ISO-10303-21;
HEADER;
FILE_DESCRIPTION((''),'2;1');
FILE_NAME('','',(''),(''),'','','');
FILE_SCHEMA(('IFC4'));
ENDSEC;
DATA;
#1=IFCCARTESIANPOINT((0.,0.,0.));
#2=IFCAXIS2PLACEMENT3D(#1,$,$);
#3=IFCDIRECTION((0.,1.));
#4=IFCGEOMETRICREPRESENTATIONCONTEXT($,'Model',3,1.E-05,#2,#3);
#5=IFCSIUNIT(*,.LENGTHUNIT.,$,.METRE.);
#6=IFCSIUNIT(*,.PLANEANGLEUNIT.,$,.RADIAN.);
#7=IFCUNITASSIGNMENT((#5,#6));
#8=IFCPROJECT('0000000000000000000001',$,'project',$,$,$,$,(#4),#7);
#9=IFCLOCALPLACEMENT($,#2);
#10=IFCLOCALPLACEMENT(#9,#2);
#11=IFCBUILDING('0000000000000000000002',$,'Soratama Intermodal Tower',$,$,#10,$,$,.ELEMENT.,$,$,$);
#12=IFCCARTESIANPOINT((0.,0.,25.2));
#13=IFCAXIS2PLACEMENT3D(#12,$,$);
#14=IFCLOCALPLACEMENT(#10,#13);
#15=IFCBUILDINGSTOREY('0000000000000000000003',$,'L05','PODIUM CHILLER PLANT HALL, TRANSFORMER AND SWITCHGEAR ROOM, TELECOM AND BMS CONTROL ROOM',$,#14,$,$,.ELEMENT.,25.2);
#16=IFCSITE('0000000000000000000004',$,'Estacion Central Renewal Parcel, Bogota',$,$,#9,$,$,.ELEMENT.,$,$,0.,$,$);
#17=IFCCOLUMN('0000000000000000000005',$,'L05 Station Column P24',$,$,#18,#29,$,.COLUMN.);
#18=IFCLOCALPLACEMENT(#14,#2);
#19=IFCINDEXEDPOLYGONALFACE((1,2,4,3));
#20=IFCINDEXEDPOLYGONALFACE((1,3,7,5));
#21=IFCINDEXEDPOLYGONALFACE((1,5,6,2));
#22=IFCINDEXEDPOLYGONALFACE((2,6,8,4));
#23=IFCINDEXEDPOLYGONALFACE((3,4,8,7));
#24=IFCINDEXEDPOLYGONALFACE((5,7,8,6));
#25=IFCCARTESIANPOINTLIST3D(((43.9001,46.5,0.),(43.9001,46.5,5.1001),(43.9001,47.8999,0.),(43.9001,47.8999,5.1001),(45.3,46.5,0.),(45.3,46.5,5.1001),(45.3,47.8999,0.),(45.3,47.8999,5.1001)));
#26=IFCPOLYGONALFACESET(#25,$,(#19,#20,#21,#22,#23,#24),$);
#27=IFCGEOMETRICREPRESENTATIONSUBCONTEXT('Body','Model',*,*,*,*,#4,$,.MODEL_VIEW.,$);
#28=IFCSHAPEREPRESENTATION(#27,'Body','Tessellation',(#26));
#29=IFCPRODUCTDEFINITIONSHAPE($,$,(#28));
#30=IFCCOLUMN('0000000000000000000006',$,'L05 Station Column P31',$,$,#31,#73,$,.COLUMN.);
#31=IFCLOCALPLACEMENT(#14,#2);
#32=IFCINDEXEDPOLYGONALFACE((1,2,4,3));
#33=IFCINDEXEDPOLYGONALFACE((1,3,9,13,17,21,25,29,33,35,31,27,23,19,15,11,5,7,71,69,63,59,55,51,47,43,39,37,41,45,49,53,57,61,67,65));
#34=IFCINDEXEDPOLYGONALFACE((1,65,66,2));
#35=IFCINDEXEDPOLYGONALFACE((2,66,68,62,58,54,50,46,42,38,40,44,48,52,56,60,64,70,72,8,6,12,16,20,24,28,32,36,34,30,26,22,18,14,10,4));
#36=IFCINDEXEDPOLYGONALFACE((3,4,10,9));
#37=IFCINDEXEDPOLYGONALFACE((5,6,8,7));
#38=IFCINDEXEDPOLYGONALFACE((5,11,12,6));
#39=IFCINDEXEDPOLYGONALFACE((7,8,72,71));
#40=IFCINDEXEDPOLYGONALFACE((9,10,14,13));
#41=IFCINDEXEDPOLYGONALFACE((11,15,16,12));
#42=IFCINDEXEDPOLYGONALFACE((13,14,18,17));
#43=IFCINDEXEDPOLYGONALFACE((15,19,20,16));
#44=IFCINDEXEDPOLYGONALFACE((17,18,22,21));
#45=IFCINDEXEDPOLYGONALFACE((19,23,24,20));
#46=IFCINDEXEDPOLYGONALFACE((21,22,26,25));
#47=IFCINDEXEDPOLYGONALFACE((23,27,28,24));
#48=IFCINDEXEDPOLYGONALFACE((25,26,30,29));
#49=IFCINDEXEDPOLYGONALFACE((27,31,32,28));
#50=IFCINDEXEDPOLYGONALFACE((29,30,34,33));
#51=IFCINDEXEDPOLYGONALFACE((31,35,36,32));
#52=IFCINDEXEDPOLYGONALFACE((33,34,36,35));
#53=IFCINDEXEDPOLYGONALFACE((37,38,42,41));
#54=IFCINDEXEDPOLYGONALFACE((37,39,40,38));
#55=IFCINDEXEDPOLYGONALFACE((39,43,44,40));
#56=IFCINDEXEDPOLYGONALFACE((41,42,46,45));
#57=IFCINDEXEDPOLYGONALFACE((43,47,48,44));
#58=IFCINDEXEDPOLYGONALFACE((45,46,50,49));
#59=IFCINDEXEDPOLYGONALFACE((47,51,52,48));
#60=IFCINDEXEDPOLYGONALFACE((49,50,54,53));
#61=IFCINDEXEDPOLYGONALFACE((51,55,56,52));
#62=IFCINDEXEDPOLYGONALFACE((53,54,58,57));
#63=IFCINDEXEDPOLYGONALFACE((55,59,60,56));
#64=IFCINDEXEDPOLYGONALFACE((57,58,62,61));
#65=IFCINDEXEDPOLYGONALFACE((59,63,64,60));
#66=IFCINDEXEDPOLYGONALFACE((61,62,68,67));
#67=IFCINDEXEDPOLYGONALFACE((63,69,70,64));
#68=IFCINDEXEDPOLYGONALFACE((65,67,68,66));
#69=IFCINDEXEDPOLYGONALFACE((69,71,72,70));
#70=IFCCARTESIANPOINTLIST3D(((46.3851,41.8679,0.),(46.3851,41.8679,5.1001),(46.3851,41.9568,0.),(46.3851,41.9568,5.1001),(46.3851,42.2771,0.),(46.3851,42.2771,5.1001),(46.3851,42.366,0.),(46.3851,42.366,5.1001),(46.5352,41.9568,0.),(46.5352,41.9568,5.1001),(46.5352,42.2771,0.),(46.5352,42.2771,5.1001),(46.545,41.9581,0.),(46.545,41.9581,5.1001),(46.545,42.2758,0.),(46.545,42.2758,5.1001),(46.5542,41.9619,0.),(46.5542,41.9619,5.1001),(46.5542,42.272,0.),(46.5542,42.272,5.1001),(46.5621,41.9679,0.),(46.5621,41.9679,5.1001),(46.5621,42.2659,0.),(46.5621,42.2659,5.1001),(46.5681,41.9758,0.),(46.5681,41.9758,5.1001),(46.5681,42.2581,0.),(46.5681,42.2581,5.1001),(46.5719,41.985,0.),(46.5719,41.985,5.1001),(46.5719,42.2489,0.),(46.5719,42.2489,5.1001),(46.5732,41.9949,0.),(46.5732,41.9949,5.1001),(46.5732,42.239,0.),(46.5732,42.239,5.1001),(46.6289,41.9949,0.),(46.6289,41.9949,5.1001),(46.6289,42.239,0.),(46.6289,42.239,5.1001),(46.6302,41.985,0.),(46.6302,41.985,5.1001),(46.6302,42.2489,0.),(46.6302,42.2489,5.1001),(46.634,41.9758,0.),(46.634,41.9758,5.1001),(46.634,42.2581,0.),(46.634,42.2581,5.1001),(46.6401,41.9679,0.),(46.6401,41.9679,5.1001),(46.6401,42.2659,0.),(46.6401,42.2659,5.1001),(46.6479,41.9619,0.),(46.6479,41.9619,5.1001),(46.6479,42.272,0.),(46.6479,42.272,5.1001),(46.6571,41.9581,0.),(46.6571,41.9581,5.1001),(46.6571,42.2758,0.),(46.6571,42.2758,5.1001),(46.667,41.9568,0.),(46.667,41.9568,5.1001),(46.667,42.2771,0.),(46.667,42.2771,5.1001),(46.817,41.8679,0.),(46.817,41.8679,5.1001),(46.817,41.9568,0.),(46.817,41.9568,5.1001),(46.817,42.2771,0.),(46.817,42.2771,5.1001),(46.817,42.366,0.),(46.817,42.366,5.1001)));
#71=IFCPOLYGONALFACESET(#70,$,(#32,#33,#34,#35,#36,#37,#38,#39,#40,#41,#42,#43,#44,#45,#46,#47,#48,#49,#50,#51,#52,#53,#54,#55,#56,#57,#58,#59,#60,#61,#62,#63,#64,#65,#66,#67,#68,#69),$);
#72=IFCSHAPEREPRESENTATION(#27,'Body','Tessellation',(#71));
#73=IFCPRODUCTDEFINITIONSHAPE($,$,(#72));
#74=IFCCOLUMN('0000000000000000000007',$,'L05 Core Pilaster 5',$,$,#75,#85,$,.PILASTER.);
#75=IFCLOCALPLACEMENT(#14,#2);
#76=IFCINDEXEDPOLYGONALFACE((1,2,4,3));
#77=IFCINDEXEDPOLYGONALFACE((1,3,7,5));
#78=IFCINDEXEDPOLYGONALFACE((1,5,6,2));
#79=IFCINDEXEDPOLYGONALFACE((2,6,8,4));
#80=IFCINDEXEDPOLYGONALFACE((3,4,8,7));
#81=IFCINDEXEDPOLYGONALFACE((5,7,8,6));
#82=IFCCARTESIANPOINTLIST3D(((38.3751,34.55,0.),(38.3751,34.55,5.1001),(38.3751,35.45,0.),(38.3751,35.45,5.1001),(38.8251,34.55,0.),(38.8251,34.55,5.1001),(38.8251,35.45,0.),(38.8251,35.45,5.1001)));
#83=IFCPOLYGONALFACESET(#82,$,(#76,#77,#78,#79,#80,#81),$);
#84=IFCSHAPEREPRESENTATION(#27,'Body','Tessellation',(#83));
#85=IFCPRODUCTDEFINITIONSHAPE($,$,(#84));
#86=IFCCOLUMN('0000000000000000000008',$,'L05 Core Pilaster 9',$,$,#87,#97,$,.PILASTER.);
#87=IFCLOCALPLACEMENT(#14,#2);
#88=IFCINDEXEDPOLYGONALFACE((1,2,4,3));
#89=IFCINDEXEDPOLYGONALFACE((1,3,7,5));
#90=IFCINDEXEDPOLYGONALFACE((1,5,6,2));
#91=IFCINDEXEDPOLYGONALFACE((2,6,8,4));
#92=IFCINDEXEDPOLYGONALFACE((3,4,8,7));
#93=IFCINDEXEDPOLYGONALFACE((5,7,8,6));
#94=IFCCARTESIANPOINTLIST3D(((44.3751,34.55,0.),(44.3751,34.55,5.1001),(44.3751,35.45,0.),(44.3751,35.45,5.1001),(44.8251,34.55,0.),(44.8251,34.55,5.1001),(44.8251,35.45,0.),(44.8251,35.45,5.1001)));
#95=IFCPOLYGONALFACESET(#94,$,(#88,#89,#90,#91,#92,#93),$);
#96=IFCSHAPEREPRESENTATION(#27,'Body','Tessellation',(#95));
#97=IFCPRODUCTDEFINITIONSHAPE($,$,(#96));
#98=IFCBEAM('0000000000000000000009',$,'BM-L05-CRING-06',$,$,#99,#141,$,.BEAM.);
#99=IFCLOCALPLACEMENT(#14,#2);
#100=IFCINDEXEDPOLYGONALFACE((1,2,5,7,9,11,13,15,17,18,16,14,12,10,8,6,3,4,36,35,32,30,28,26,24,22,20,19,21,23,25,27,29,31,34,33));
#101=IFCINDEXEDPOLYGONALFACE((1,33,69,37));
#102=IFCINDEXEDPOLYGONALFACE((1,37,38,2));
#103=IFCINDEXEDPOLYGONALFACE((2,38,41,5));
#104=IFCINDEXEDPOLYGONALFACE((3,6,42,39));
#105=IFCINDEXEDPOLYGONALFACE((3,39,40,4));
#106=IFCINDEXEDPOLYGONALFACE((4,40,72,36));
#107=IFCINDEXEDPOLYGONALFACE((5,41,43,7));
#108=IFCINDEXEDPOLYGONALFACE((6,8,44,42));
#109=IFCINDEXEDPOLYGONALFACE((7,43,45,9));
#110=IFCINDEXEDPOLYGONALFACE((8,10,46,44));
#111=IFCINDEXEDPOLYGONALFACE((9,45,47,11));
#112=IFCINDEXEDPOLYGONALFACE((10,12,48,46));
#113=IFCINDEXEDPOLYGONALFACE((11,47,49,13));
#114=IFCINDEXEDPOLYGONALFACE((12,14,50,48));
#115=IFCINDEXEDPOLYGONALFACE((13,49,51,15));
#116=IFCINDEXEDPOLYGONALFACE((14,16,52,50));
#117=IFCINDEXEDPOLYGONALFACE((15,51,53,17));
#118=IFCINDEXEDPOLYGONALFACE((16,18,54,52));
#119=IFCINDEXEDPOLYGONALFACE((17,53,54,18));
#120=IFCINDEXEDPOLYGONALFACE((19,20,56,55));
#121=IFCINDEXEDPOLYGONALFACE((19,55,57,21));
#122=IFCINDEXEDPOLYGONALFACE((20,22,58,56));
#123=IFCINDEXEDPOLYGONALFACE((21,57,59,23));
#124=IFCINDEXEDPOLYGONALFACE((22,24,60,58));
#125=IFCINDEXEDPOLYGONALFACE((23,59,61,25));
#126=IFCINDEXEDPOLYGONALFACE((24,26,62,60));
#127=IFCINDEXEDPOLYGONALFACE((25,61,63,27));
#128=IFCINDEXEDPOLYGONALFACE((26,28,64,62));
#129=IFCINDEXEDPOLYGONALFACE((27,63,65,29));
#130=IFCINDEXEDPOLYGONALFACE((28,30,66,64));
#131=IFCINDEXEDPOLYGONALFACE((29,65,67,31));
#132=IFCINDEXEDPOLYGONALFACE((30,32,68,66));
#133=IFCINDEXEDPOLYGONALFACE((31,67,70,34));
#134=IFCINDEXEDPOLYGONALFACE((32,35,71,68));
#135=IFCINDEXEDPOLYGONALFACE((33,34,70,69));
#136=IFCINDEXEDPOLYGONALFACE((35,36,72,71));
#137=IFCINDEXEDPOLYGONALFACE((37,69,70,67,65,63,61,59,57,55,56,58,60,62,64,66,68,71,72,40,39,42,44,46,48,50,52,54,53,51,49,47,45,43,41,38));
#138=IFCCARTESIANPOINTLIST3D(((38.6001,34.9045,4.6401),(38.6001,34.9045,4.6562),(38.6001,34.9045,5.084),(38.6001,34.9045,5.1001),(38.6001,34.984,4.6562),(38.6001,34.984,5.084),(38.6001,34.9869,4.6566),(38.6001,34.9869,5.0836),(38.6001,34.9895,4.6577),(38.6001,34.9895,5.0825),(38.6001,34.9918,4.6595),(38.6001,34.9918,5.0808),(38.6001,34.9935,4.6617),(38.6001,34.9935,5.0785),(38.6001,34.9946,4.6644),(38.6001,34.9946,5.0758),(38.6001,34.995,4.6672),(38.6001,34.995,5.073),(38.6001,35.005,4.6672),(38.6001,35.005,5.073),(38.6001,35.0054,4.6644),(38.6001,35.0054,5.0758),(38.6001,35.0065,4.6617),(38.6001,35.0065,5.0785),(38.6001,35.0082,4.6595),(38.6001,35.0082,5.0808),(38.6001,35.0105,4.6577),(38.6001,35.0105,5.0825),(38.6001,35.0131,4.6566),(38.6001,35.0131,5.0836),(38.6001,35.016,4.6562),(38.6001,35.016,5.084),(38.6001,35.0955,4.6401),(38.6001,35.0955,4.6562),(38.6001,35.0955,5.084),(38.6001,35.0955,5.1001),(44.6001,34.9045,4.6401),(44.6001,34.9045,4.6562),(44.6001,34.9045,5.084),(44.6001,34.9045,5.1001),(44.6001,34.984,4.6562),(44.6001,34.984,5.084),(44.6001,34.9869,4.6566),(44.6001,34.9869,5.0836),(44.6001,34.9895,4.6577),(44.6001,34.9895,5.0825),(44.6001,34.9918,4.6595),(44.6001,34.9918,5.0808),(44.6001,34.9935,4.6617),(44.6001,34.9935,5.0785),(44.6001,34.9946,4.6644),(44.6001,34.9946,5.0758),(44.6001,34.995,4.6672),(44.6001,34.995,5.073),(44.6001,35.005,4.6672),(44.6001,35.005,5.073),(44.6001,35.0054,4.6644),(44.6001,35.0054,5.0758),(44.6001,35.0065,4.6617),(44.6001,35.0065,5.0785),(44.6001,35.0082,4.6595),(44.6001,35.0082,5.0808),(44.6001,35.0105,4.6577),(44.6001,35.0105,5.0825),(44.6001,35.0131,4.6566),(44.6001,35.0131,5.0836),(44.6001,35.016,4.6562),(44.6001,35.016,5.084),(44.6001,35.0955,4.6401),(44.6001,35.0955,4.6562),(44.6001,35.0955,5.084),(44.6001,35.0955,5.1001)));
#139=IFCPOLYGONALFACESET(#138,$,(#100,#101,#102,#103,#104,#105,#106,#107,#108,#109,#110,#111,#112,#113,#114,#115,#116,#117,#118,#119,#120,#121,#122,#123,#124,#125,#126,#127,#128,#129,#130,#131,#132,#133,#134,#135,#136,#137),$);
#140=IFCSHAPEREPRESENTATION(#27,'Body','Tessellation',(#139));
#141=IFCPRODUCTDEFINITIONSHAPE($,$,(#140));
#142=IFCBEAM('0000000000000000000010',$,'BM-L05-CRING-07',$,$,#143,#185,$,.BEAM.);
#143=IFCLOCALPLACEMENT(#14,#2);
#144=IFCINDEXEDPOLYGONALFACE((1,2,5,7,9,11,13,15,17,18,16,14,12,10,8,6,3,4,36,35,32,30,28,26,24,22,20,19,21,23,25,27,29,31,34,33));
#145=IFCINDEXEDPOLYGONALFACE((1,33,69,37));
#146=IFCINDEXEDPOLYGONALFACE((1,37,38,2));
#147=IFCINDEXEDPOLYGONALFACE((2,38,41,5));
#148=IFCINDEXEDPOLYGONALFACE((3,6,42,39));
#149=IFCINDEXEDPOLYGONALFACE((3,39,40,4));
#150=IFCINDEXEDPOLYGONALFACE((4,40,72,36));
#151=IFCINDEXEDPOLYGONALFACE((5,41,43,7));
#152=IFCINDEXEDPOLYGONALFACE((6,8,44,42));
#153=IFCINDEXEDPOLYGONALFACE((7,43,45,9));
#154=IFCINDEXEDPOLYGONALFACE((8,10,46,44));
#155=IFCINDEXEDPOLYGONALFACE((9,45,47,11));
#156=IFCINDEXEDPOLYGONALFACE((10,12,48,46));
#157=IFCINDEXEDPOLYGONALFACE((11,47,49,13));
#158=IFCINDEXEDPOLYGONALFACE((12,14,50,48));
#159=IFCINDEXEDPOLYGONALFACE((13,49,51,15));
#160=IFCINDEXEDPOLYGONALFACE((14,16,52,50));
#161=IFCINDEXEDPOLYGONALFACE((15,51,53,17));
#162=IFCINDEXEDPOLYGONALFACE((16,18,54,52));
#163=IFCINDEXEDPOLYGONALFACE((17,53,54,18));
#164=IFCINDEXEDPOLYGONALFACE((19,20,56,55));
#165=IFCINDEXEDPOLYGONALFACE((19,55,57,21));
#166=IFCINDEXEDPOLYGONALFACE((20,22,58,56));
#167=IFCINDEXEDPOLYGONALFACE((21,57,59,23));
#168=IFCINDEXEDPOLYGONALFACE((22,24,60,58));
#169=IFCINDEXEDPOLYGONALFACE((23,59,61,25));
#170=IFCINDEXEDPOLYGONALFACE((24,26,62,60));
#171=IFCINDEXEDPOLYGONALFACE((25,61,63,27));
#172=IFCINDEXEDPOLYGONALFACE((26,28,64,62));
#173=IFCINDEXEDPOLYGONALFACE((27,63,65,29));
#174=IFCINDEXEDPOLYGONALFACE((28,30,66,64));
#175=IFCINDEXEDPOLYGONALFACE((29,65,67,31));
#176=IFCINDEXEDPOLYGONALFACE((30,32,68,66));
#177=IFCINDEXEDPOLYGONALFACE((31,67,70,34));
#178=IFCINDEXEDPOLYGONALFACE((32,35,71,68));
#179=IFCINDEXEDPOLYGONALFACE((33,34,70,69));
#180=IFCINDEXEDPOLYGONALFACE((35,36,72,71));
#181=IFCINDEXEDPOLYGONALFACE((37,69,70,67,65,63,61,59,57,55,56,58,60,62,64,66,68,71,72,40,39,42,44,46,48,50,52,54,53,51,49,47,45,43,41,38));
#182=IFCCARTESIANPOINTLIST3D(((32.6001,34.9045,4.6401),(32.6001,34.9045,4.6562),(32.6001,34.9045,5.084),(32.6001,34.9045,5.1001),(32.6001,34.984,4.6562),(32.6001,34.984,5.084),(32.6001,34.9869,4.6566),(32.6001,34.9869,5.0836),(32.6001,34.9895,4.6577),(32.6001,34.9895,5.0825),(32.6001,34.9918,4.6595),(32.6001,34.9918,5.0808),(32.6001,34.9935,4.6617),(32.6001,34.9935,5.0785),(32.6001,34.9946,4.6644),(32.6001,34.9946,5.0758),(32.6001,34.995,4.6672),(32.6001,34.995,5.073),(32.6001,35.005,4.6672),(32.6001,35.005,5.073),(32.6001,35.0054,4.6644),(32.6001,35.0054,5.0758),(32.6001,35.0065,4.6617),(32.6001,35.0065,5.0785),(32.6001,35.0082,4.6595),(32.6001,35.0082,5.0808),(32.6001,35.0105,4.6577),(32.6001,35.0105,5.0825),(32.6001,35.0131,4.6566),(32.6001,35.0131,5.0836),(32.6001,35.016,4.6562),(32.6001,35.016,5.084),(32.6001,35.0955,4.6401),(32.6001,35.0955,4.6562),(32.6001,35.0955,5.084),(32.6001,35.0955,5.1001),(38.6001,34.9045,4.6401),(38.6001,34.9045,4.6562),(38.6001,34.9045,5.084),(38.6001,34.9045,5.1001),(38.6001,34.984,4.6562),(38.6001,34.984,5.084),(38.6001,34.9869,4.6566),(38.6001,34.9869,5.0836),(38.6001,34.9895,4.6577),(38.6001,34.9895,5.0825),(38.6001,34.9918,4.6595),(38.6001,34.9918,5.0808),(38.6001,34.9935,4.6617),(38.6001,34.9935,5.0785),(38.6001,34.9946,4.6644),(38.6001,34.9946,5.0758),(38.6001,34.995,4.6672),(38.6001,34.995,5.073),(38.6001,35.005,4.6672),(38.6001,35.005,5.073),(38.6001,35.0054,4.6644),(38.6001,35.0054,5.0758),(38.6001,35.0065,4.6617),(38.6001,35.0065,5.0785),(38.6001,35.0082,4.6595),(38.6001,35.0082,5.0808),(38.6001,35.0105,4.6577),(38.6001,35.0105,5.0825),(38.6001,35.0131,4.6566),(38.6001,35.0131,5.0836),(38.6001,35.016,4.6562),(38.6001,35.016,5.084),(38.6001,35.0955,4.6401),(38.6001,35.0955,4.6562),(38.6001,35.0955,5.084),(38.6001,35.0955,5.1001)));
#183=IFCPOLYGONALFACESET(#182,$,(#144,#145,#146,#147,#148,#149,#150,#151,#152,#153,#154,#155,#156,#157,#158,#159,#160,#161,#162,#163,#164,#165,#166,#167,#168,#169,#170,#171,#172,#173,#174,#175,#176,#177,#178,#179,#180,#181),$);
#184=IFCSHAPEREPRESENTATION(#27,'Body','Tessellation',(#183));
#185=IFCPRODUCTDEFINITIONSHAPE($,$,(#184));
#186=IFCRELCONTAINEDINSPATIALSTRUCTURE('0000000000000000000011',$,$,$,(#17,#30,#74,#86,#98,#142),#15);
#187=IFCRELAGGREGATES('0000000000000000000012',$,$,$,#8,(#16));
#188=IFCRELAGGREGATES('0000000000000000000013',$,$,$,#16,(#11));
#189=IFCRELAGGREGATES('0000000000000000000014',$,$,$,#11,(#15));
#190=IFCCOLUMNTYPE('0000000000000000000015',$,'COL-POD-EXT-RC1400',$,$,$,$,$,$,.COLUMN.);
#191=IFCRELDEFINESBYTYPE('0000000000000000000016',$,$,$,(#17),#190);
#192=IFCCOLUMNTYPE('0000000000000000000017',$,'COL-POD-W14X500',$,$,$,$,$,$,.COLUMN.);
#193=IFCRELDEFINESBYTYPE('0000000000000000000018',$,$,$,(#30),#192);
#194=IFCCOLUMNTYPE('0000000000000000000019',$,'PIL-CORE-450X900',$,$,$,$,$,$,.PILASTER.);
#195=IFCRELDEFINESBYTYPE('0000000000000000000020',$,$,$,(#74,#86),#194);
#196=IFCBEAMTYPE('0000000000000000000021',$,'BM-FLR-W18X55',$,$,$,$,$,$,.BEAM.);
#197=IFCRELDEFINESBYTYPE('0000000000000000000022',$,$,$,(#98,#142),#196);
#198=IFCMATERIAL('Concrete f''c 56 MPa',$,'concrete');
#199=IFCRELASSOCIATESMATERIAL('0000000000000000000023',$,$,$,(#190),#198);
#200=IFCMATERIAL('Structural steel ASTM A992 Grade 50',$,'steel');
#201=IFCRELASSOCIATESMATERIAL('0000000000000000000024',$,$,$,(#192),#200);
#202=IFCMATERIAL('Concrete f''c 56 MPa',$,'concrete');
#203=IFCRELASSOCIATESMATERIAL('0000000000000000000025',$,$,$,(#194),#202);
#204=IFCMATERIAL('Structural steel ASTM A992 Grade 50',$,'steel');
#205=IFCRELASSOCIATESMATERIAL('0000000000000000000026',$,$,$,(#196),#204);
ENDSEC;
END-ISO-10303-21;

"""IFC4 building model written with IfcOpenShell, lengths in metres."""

from ifc_helpers import new_model, si_unit, direction, frame, origin, origin_2d, place, context, subcontext, project, spatial, rectangle, i_section, extrude, material, material_profile, profile_set, type_object, element, save


model = new_model("IFC4")

# Units and contexts
model_context = context("Model", 3, precision=1e-05, world=origin(), true_north=direction((0.0, 1.0)))
body_context = subcontext(model_context, "Body", "Model", "MODEL_VIEW")
ifc_project = project(units=[si_unit("LENGTHUNIT", "METRE"), si_unit("PLANEANGLEUNIT", "RADIAN")], contexts=[model_context])

# Site, building, storey
site_placement = place(None, origin())
site = spatial("IfcSite", under=ifc_project, at=site_placement, Name="Estacion Central Renewal Parcel, Bogota", CompositionType="ELEMENT", RefElevation=0.0)
building_placement = place(site_placement, origin())
building = spatial("IfcBuilding", under=site, at=building_placement, Name="Soratama Intermodal Tower", CompositionType="ELEMENT")
storey_placement = place(building_placement, frame((0.0, 0.0, 25.2)))
storey = spatial("IfcBuildingStorey", under=building, at=storey_placement, Name="L05", Description="PODIUM CHILLER PLANT HALL, TRANSFORMER AND SWITCHGEAR ROOM, TELECOM AND BMS CONTROL ROOM", CompositionType="ELEMENT", Elevation=25.2)

# Columns
ifc_material_1 = material(Name="Concrete f'c 56 MPa", Category="concrete")
ifc_material_profile_1 = material_profile(ifc_material_1, rectangle(XDim=1.3999, YDim=1.3999, at=origin_2d()), Name="RC1400X1400")
ifc_profile_set_1 = profile_set([ifc_material_profile_1], Name="Concrete f'c 56 MPa")
column_type_1 = type_object("IfcColumnType", Name="COL-POD-EXT-RC1400", PredefinedType="COLUMN", material=ifc_profile_set_1)
column_1_placement = place(storey_placement, frame((44.6001, 47.2, 0.0), z_axis=(0.0, 0.0, 1.0), x_axis=(1.0, 0.0, 0.0)))
element("IfcColumn", 1, at=column_1_placement, inside=storey, type_object=column_type_1, Name="L05 Station Column P24", PredefinedType="COLUMN", context=body_context, shape_type="SweptSolid", body=[
    extrude(rectangle(XDim=1.3999, YDim=1.3999, at=origin_2d()), origin(), (0.0, 0.0, 1.0), 5.1001),
])
ifc_material_2 = material(Name="Structural steel ASTM A992 Grade 50", Category="steel")
ifc_material_profile_2 = material_profile(ifc_material_2, i_section(OverallWidth=0.4319, OverallDepth=0.498, WebThickness=0.0557, FlangeThickness=0.0889, FilletRadius=0.0381, at=origin_2d()), Name="W14X500")
ifc_profile_set_2 = profile_set([ifc_material_profile_2], Name="Structural steel ASTM A992 Grade 50")
column_type_2 = type_object("IfcColumnType", Name="COL-POD-W14X500", PredefinedType="COLUMN", material=ifc_profile_set_2)
column_2_placement = place(storey_placement, frame((46.6011, 42.1169, 0.0), z_axis=(0.0, 0.0, 1.0), x_axis=(1.0, 0.0, 0.0)))
element("IfcColumn", 2, at=column_2_placement, inside=storey, type_object=column_type_2, Name="L05 Station Column P31", PredefinedType="COLUMN", context=body_context, shape_type="SweptSolid", body=[
    extrude(i_section(OverallWidth=0.4319, OverallDepth=0.498, WebThickness=0.0557, FlangeThickness=0.0889, FilletRadius=0.0381, at=origin_2d()), origin(), (0.0, 0.0, 1.0), 5.1001),
])
ifc_material_3 = material(Name="Concrete f'c 56 MPa", Category="concrete")
ifc_material_profile_3 = material_profile(ifc_material_3, rectangle(XDim=0.45, YDim=0.8999, at=origin_2d()), Name="RC450X900")
ifc_profile_set_3 = profile_set([ifc_material_profile_3], Name="Concrete f'c 56 MPa")
column_type_3 = type_object("IfcColumnType", Name="PIL-CORE-450X900", PredefinedType="PILASTER", material=ifc_profile_set_3)
for number, where, z_axis, x_axis, name in (
    (3, (38.6001, 35.0, 0.0), (0.0, 0.0, 1.0), (1.0, 0.0, 0.0), "L05 Core Pilaster 5"),
    (4, (44.6001, 35.0, 0.0), (0.0, 0.0, 1.0), (1.0, 0.0, 0.0), "L05 Core Pilaster 9"),
):
    element("IfcColumn", number, at=place(storey_placement, frame(where, z_axis=z_axis, x_axis=x_axis)), inside=storey, type_object=column_type_3, Name=name, PredefinedType="PILASTER", context=body_context, shape_type="SweptSolid", body=[
        extrude(rectangle(XDim=0.45, YDim=0.8999, at=origin_2d()), origin(), (0.0, 0.0, 1.0), 5.1001),
    ])

# Beams
ifc_material_4 = material(Name="Structural steel ASTM A992 Grade 50", Category="steel")
ifc_material_profile_4 = material_profile(ifc_material_4, i_section(OverallWidth=0.1909, OverallDepth=0.46, WebThickness=0.01, FlangeThickness=0.0161, FilletRadius=0.011, at=origin_2d()), Name="W18X55")
ifc_profile_set_4 = profile_set([ifc_material_profile_4], Name="Structural steel ASTM A992 Grade 50")
beam_type_1 = type_object("IfcBeamType", Name="BM-FLR-W18X55", PredefinedType="BEAM", material=ifc_profile_set_4)
for number, where, z_axis, x_axis, name in (
    (5, (44.6001, 35.0, 4.8701), (-1.0, 0.0, 0.0), (0.0, -1.0, 0.0), "BM-L05-CRING-06"),
    (6, (38.6001, 35.0, 4.8701), (-1.0, 0.0, 0.0), (0.0, -1.0, 0.0), "BM-L05-CRING-07"),
):
    element("IfcBeam", number, at=place(storey_placement, frame(where, z_axis=z_axis, x_axis=x_axis)), inside=storey, type_object=beam_type_1, Name=name, PredefinedType="BEAM", context=body_context, shape_type="SweptSolid", body=[
        extrude(i_section(OverallWidth=0.1909, OverallDepth=0.46, WebThickness=0.01, FlangeThickness=0.0161, FilletRadius=0.011, at=origin_2d()), origin(), (0.0, 0.0, 1.0), 6.0),
    ])

save(model, "model.ifc")
